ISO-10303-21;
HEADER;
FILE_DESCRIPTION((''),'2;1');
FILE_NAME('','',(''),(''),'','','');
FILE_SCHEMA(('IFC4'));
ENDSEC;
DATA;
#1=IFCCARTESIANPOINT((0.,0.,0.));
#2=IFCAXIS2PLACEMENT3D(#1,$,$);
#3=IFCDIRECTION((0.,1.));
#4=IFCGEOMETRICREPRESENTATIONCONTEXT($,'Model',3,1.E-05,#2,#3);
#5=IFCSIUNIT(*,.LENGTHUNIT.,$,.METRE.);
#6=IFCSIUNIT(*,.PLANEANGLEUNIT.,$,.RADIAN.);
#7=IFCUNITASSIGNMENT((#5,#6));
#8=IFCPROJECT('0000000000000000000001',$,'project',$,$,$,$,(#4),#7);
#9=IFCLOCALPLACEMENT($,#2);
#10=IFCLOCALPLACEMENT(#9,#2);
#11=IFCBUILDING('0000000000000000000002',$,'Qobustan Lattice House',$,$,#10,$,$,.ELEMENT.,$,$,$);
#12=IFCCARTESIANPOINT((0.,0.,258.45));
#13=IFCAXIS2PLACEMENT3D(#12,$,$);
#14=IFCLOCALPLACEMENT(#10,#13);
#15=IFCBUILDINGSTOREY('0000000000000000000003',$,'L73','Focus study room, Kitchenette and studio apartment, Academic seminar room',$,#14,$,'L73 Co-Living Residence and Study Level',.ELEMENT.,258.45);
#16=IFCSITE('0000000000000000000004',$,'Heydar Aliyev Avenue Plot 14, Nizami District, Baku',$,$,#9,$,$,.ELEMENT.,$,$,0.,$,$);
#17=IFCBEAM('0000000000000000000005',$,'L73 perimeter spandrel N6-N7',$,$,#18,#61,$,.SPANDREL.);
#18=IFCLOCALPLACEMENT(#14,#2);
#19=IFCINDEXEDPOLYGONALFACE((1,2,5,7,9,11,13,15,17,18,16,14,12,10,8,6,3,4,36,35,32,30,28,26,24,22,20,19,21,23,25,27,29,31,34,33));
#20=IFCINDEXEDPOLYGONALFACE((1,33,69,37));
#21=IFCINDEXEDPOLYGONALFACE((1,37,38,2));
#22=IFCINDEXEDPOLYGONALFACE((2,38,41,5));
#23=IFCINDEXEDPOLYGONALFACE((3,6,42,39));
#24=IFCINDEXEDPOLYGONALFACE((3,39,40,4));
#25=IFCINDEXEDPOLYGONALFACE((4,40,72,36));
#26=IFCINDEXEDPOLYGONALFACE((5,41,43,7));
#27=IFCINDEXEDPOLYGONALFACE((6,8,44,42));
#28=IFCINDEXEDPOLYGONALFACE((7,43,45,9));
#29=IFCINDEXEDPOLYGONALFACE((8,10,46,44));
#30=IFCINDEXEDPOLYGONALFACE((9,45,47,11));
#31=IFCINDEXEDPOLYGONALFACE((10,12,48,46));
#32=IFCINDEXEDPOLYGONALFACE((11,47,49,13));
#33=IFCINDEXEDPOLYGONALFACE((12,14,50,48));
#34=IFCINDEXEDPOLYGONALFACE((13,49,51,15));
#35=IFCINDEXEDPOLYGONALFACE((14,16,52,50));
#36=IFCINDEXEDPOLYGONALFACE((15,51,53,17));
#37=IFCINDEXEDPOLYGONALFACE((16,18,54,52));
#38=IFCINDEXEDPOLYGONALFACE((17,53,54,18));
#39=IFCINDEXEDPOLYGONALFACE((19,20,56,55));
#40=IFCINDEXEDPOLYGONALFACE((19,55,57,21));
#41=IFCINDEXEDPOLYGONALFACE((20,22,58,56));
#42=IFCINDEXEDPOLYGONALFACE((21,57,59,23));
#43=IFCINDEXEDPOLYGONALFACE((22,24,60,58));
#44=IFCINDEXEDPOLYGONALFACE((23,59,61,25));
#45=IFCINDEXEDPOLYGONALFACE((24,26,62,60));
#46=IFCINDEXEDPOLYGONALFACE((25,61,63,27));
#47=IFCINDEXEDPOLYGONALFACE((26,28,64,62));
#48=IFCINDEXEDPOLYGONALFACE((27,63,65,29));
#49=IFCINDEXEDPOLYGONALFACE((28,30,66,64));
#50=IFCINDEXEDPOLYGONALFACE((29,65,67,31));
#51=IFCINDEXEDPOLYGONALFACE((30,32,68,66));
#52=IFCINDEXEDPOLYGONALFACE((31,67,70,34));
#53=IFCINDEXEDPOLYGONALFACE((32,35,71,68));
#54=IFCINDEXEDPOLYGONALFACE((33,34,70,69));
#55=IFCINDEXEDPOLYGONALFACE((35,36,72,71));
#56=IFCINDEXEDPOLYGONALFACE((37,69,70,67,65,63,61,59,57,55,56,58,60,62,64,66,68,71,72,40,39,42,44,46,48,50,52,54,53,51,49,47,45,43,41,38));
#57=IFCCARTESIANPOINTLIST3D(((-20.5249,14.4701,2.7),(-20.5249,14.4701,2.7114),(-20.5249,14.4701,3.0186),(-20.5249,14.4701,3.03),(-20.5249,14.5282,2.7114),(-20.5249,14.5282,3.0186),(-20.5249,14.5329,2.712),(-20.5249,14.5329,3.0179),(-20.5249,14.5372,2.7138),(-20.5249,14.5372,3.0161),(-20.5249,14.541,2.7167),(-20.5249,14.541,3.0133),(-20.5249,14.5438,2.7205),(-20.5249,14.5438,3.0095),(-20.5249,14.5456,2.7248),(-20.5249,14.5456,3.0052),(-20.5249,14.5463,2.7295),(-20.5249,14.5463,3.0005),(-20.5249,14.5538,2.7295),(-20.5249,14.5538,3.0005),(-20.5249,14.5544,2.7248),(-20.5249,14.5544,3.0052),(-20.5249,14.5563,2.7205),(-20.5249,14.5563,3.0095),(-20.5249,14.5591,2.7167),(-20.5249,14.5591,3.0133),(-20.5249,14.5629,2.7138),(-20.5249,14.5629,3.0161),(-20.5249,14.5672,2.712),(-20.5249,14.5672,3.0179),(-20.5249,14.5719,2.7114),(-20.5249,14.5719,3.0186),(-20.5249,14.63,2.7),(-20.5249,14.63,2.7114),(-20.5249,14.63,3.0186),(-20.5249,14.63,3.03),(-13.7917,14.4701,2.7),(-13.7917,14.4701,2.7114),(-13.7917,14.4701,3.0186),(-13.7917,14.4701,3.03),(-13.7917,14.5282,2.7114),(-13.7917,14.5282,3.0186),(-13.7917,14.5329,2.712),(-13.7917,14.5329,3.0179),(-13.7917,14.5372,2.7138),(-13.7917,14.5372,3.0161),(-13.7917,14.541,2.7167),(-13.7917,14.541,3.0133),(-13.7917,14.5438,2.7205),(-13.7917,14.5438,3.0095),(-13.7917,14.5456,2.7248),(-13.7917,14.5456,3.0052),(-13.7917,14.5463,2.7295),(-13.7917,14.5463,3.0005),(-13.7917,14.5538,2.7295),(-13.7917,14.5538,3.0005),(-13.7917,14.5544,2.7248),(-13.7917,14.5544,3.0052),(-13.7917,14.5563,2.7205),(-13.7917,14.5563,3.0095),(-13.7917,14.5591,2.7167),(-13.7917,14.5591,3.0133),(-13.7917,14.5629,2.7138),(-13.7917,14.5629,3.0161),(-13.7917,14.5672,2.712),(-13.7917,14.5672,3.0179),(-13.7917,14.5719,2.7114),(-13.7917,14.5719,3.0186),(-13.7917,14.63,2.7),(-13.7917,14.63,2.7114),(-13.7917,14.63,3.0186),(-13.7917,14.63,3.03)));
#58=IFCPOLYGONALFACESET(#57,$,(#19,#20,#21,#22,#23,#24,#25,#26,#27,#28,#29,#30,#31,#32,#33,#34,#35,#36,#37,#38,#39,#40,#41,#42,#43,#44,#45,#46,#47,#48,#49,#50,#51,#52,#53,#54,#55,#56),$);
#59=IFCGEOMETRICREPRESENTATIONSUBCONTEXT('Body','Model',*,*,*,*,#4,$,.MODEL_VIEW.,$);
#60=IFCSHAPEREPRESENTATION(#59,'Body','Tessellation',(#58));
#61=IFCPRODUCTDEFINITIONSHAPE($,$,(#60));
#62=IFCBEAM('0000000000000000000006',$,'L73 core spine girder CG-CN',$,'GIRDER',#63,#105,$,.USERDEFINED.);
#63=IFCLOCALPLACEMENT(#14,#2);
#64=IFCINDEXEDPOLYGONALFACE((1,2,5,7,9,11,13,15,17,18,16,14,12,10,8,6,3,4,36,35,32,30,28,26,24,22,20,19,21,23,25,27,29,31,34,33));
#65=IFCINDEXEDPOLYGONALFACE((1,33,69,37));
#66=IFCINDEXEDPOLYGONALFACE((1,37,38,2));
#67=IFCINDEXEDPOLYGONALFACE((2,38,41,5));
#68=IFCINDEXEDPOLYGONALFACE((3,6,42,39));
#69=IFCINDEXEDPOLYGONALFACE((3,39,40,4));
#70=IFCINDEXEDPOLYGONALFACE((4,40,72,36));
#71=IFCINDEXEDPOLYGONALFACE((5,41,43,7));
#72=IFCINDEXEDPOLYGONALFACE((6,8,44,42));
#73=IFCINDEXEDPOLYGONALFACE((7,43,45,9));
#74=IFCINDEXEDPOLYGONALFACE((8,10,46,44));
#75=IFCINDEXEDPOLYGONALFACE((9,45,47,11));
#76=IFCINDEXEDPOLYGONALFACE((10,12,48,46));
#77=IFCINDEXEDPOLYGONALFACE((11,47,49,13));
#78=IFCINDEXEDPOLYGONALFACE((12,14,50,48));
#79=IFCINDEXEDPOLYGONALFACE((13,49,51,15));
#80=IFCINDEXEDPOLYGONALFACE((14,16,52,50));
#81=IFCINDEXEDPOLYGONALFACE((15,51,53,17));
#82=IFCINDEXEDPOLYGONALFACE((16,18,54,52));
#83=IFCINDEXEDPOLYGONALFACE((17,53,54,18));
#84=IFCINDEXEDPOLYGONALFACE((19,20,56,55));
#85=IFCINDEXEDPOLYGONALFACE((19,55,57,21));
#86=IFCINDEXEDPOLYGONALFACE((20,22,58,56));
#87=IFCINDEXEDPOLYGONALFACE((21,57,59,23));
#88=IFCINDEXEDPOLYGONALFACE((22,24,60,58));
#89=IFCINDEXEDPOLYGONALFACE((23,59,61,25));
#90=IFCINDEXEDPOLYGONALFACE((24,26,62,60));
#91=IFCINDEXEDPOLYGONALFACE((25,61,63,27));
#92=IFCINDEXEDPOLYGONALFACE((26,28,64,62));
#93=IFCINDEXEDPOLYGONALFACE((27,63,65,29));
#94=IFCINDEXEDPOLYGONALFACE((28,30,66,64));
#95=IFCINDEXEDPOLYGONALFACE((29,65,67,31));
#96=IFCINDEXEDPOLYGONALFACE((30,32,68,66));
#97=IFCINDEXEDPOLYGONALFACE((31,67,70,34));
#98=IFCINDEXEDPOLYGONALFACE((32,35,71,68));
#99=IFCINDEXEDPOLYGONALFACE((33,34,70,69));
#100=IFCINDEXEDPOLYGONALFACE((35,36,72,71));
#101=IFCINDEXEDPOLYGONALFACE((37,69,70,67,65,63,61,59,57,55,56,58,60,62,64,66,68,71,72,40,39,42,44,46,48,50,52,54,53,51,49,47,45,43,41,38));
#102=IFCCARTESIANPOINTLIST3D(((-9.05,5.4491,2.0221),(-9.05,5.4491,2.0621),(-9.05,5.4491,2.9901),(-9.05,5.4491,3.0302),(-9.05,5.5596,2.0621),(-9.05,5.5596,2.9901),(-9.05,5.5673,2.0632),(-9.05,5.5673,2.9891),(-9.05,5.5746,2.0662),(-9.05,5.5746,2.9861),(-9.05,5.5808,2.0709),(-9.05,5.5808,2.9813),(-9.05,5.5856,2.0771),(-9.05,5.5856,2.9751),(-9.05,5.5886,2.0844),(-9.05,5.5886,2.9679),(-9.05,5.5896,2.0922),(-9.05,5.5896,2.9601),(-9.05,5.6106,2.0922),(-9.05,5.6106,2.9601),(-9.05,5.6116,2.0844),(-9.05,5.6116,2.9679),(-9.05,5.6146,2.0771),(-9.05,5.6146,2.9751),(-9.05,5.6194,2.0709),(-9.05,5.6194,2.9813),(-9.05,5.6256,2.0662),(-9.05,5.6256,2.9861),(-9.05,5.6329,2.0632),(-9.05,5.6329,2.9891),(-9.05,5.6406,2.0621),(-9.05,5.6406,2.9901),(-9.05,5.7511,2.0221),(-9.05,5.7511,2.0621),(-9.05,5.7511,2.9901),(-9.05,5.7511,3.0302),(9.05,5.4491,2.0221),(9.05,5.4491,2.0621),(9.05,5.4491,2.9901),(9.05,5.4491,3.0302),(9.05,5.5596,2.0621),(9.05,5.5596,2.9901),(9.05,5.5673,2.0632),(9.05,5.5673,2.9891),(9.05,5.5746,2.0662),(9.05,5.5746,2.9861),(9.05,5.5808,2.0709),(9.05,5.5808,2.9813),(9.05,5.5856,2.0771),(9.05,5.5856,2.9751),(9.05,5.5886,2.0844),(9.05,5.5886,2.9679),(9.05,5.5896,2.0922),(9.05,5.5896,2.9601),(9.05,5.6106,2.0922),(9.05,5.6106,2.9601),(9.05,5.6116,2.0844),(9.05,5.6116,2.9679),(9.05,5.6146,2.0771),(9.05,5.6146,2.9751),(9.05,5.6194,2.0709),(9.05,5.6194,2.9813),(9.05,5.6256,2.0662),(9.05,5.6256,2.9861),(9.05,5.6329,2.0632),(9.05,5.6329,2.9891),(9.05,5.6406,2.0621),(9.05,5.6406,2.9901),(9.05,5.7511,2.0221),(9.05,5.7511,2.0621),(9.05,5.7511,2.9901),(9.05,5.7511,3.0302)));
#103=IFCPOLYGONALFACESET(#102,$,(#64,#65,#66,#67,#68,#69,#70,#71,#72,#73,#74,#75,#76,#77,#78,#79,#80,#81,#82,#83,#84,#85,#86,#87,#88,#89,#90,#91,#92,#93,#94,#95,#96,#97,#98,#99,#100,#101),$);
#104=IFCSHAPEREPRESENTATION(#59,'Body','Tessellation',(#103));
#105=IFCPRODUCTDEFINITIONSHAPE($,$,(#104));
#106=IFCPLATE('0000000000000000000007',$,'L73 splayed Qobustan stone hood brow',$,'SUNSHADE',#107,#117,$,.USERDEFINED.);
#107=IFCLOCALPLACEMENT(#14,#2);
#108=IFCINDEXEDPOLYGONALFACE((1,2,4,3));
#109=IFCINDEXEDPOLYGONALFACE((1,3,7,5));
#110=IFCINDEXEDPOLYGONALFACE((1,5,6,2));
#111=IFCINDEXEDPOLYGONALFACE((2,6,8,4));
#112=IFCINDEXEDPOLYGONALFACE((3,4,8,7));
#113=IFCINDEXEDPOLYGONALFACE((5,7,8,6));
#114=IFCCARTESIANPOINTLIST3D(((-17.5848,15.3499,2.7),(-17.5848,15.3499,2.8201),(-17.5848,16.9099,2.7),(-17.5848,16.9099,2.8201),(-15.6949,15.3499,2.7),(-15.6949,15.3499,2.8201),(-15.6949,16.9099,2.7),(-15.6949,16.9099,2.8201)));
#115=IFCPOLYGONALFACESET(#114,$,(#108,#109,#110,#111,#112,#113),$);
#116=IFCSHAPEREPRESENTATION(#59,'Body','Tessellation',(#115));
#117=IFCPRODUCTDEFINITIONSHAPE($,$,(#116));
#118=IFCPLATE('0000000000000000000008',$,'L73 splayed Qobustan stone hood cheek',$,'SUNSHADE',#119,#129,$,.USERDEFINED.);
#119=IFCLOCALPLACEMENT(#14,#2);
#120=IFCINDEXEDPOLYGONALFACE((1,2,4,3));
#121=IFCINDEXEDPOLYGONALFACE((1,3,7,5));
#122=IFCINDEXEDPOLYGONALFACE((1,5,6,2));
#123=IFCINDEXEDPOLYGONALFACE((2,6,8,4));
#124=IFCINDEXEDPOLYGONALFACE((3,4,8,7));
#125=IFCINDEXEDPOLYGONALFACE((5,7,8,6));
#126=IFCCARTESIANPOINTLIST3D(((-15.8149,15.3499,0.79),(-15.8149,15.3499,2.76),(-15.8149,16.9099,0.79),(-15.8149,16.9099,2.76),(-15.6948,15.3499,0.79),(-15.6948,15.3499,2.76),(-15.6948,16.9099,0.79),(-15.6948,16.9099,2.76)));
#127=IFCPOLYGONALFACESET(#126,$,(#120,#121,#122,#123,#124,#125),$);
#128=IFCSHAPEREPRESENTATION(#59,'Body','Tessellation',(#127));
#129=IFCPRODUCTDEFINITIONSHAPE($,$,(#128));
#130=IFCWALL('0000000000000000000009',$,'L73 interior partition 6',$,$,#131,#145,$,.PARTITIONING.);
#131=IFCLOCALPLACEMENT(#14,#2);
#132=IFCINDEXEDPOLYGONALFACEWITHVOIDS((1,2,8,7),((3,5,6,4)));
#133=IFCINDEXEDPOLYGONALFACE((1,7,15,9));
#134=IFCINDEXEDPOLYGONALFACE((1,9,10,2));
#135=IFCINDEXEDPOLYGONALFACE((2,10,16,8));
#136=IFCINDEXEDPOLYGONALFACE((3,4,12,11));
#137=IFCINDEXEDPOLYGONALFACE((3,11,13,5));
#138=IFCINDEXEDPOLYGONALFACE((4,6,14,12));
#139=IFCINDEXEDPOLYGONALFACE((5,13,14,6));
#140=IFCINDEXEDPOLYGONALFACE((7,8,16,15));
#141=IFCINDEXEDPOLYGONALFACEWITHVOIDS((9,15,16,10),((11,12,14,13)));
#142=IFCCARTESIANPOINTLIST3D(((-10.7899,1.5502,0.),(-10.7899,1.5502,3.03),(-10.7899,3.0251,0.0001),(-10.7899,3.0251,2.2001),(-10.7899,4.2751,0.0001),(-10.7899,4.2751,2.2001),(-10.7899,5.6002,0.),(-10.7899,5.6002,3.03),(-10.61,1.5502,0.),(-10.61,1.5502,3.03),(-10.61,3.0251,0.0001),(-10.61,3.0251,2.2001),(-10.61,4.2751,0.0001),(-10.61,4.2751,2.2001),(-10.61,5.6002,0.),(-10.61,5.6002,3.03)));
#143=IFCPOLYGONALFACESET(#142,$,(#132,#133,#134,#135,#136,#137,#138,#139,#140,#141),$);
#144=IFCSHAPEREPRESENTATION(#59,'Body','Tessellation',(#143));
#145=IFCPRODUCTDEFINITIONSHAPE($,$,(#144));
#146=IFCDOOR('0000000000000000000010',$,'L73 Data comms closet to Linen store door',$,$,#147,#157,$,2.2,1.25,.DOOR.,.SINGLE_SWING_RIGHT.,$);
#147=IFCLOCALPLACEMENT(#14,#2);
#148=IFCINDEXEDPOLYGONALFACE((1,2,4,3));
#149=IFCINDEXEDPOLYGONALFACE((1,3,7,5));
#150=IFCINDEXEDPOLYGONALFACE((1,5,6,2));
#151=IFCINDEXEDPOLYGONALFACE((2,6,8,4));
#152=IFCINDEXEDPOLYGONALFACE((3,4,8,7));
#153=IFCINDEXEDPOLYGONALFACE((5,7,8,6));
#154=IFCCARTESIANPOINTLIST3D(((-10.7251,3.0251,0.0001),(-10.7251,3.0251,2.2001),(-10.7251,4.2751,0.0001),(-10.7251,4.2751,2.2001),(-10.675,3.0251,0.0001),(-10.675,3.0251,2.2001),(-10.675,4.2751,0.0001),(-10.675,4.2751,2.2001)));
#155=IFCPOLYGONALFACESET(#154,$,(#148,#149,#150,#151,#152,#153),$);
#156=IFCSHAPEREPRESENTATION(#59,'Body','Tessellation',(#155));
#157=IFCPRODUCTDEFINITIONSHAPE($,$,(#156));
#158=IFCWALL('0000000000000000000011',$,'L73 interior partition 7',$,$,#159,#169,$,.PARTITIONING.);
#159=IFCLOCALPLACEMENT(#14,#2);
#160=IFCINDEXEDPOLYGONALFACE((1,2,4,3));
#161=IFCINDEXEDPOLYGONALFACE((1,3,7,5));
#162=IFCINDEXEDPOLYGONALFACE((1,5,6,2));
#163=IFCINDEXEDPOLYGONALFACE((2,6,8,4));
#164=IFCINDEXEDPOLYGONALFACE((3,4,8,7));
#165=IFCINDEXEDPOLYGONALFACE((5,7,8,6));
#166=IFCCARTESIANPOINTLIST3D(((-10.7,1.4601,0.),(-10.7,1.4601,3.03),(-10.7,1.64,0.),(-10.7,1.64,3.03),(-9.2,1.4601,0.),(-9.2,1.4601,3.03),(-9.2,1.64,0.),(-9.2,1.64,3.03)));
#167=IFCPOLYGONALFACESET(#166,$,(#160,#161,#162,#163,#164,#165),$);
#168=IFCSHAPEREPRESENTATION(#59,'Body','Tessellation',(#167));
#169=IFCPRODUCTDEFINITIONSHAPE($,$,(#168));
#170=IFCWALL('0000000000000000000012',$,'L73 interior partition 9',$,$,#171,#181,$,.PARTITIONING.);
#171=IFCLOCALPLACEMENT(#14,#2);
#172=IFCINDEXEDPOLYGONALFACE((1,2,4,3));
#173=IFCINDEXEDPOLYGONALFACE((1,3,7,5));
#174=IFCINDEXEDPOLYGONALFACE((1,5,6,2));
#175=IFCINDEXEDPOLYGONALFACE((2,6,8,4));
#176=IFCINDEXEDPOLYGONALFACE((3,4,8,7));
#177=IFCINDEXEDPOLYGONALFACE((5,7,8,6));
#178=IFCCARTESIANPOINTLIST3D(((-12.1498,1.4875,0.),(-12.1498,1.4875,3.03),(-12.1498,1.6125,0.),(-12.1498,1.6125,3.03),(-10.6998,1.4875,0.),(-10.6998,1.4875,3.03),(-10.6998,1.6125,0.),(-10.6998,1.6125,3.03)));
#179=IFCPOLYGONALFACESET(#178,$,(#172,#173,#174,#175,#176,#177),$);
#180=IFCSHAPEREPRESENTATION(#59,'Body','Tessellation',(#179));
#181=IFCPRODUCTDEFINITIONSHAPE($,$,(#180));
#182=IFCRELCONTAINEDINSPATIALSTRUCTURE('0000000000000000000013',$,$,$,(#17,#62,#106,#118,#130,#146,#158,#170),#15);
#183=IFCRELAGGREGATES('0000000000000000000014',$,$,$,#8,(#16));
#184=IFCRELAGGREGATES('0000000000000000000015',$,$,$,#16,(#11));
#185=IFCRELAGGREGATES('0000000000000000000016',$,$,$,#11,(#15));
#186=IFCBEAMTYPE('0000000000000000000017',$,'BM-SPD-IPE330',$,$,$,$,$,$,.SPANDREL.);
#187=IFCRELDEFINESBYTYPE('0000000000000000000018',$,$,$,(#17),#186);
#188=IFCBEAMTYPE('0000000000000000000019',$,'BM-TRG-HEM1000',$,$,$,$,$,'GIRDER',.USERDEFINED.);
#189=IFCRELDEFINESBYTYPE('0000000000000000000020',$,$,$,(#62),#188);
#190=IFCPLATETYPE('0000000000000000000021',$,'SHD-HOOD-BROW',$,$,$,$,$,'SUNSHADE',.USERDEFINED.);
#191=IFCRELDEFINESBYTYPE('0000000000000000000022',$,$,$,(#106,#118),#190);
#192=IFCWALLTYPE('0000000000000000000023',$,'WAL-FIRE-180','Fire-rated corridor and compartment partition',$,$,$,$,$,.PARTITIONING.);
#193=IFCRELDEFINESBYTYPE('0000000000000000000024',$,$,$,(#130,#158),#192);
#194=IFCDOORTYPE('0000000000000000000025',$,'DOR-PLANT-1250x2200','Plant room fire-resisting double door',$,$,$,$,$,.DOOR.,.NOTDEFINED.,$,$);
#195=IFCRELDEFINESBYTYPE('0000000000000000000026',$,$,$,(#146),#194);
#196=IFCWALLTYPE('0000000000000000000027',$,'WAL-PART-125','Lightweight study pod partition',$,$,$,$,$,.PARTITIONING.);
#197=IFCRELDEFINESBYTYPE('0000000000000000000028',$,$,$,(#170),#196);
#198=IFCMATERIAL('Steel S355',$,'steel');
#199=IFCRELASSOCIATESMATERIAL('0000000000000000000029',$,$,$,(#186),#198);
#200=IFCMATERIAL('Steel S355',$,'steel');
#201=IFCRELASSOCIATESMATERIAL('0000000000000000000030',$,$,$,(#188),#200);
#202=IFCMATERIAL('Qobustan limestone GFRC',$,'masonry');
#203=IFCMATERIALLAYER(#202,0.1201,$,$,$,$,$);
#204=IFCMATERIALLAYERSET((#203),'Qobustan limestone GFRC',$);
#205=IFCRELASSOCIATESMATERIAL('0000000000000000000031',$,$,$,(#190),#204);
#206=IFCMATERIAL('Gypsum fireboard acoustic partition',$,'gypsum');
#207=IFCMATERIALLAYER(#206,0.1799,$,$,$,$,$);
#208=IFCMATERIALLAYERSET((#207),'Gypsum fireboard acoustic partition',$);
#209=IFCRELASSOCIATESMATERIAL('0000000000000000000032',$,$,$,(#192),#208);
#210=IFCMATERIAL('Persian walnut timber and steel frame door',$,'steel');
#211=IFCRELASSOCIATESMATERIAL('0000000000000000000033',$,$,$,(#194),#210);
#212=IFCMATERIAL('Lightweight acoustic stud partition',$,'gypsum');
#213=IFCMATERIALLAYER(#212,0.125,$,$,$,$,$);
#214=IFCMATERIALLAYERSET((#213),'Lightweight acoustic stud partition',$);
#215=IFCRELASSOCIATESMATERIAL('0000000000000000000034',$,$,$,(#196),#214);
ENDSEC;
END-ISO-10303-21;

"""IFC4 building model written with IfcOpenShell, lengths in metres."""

from ifc_helpers import new_model, si_unit, direction, frame, frame_2d, origin, origin_2d, place, context, subcontext, project, spatial, rectangle, i_section, extrude, material, layer, layer_set, material_profile, profile_set, type_object, element, fill, save


model = new_model("IFC4")

# Units and contexts
model_context = context("Model", 3, precision=1e-05, world=origin(), true_north=direction((0.0, 1.0)))
body_context = subcontext(model_context, "Body", "Model", "MODEL_VIEW")
ifc_project = project(units=[si_unit("LENGTHUNIT", "METRE"), si_unit("PLANEANGLEUNIT", "RADIAN")], contexts=[model_context])

# Site, building, storey
site_placement = place(None, origin())
site = spatial("IfcSite", under=ifc_project, at=site_placement, Name="Heydar Aliyev Avenue Plot 14, Nizami District, Baku", CompositionType="ELEMENT", RefElevation=0.0)
building_placement = place(site_placement, origin())
building = spatial("IfcBuilding", under=site, at=building_placement, Name="Qobustan Lattice House", CompositionType="ELEMENT")
storey_placement = place(building_placement, frame((0.0, 0.0, 258.45)))
storey = spatial("IfcBuildingStorey", under=building, at=storey_placement, Name="L73", Description="Focus study room, Kitchenette and studio apartment, Academic seminar room", LongName="L73 Co-Living Residence and Study Level", CompositionType="ELEMENT", Elevation=258.45)

# Beams
ifc_material_1 = material(Name="Steel S355", Category="steel")
ifc_material_profile_1 = material_profile(ifc_material_1, i_section(OverallWidth=0.1599, OverallDepth=0.3301, WebThickness=0.0076, FlangeThickness=0.0115, FilletRadius=0.0181, at=origin_2d()), Name="IPE330")
ifc_profile_set_1 = profile_set([ifc_material_profile_1], Name="Steel S355")
beam_type_1 = type_object("IfcBeamType", Name="BM-SPD-IPE330", PredefinedType="SPANDREL", material=ifc_profile_set_1)
beam_1_placement = place(storey_placement, frame((-13.7917, 14.55, 2.865), z_axis=(-1.0, 0.0, 0.0), x_axis=(0.0, -1.0, 0.0)))
element("IfcBeam", 1, at=beam_1_placement, inside=storey, type_object=beam_type_1, Name="L73 perimeter spandrel N6-N7", PredefinedType="SPANDREL", context=body_context, shape_type="SweptSolid", body=[
    extrude(i_section(OverallWidth=0.1599, OverallDepth=0.3301, WebThickness=0.0076, FlangeThickness=0.0115, FilletRadius=0.0181, at=origin_2d()), origin(), (0.0, 0.0, 1.0), 6.7332),
])
ifc_material_2 = material(Name="Steel S355", Category="steel")
ifc_material_profile_2 = material_profile(ifc_material_2, i_section(OverallWidth=0.302, OverallDepth=1.0081, WebThickness=0.021, FlangeThickness=0.04, FilletRadius=0.03, at=origin_2d()), Name="HEM1000")
ifc_profile_set_2 = profile_set([ifc_material_profile_2], Name="Steel S355")
beam_type_2 = type_object("IfcBeamType", Name="BM-TRG-HEM1000", ElementType="GIRDER", PredefinedType="USERDEFINED", material=ifc_profile_set_2)
beam_2_placement = place(storey_placement, frame((-9.05, 5.6001, 2.5261), z_axis=(1.0, 0.0, 0.0), x_axis=(0.0, 1.0, 0.0)))
element("IfcBeam", 2, at=beam_2_placement, inside=storey, type_object=beam_type_2, Name="L73 core spine girder CG-CN", ObjectType="GIRDER", PredefinedType="USERDEFINED", context=body_context, shape_type="SweptSolid", body=[
    extrude(i_section(OverallWidth=0.302, OverallDepth=1.0081, WebThickness=0.021, FlangeThickness=0.04, FilletRadius=0.03, at=origin_2d()), origin(), (0.0, 0.0, 1.0), 18.1001),
])

# Plates
ifc_material_3 = material(Name="Qobustan limestone GFRC", Category="masonry")
ifc_layer_1 = layer(ifc_material_3, 0.1201)
ifc_layer_set_1 = layer_set([ifc_layer_1], Name="Qobustan limestone GFRC")
plate_type = type_object("IfcPlateType", Name="SHD-HOOD-BROW", ElementType="SUNSHADE", PredefinedType="USERDEFINED", material=ifc_layer_set_1)
plate_1_placement = place(storey_placement, frame((-16.6399, 16.1299, 2.7), z_axis=(0.0, 0.0, 1.0), x_axis=(1.0, 0.0, 0.0)))
element("IfcPlate", 3, at=plate_1_placement, inside=storey, type_object=plate_type, Name="L73 splayed Qobustan stone hood brow", ObjectType="SUNSHADE", PredefinedType="USERDEFINED", context=body_context, shape_type="SweptSolid", body=[
    extrude(rectangle(XDim=1.8899, YDim=1.5601, at=origin_2d()), origin(), (0.0, 0.0, 1.0), 0.1201),
])
plate_2_placement = place(storey_placement, frame((-15.7549, 16.1299, 0.79), z_axis=(0.0, 0.0, 1.0), x_axis=(1.0, 0.0, 0.0)))
element("IfcPlate", 4, at=plate_2_placement, inside=storey, type_object=plate_type, Name="L73 splayed Qobustan stone hood cheek", ObjectType="SUNSHADE", PredefinedType="USERDEFINED", context=body_context, shape_type="SweptSolid", body=[
    extrude(rectangle(XDim=0.1201, YDim=1.5601, at=origin_2d()), origin(), (0.0, 0.0, 1.0), 1.97),
])

# Wall, opening, door
ifc_material_4 = material(Name="Gypsum fireboard acoustic partition", Category="gypsum")
ifc_layer_2 = layer(ifc_material_4, 0.1799)
ifc_layer_set_2 = layer_set([ifc_layer_2], Name="Gypsum fireboard acoustic partition")
wall_type_1 = type_object("IfcWallType", Name="WAL-FIRE-180", Description="Fire-rated corridor and compartment partition", PredefinedType="PARTITIONING", material=ifc_layer_set_2)
wall_1_placement = place(storey_placement, frame((-10.7, 5.6001, 0.0), z_axis=(0.0, 0.0, 1.0), x_axis=(0.0, -1.0, 0.0)))
wall_1 = element("IfcWall", 5, at=wall_1_placement, inside=storey, type_object=wall_type_1, Name="L73 interior partition 6", PredefinedType="PARTITIONING", context=body_context, shape_type="SweptSolid", body=[
    extrude(rectangle(XDim=4.05, YDim=0.1799, at=frame_2d((2.0249, 0.0))), origin(), (0.0, 0.0, 1.0), 3.03),
])
opening_1_placement = place(wall_1_placement, frame((1.325, 0.0, 0.0)))
opening_1 = element("IfcOpeningElement", 6, at=opening_1_placement, cuts=wall_1, PredefinedType="OPENING", context=body_context, shape_type="SweptSolid", body=[
    extrude(rectangle(XDim=1.25, YDim=2.2, at=frame_2d((0.625, 1.1001))), frame((0.0, 0.0999, 0.0), z_axis=(0.0, -1.0, 0.0), x_axis=(1.0, 0.0, 0.0)), (0.0, 0.0, 1.0), 0.2),
])
ifc_material_5 = material(Name="Persian walnut timber and steel frame door", Category="steel")
door_type_1 = type_object("IfcDoorType", Name="DOR-PLANT-1250x2200", Description="Plant room fire-resisting double door", OperationType="NOTDEFINED", PredefinedType="DOOR", material=ifc_material_5)
door_1_placement = place(opening_1_placement, origin())
door_1 = element("IfcDoor", 7, at=door_1_placement, inside=storey, type_object=door_type_1, Name="L73 Data comms closet to Linen store door", OperationType="SINGLE_SWING_RIGHT", OverallHeight=2.2, OverallWidth=1.25, PredefinedType="DOOR", context=body_context, shape_type="SweptSolid", body=[
    extrude(rectangle(XDim=1.25, YDim=2.2, at=frame_2d((0.625, 1.1001))), frame((0.0, 0.0249, 0.0), z_axis=(0.0, -1.0, 0.0), x_axis=(1.0, 0.0, 0.0)), (0.0, 0.0, 1.0), 0.05),
])
fill(opening_1, door_1)

# Walls
wall_2_placement = place(storey_placement, frame((-10.7, 1.55, 0.0), z_axis=(0.0, 0.0, 1.0), x_axis=(1.0, 0.0, 0.0)))
element("IfcWall", 8, at=wall_2_placement, inside=storey, type_object=wall_type_1, Name="L73 interior partition 7", PredefinedType="PARTITIONING", context=body_context, shape_type="SweptSolid", body=[
    extrude(rectangle(XDim=1.5, YDim=0.1799, at=frame_2d((0.75, 0.0))), origin(), (0.0, 0.0, 1.0), 3.03),
])
ifc_material_6 = material(Name="Lightweight acoustic stud partition", Category="gypsum")
ifc_layer_3 = layer(ifc_material_6, 0.125)
ifc_layer_set_3 = layer_set([ifc_layer_3], Name="Lightweight acoustic stud partition")
wall_type_2 = type_object("IfcWallType", Name="WAL-PART-125", Description="Lightweight study pod partition", PredefinedType="PARTITIONING", material=ifc_layer_set_3)
wall_3_placement = place(storey_placement, frame((-12.1499, 1.55, 0.0), z_axis=(0.0, 0.0, 1.0), x_axis=(1.0, 0.0, 0.0)))
element("IfcWall", 9, at=wall_3_placement, inside=storey, type_object=wall_type_2, Name="L73 interior partition 9", PredefinedType="PARTITIONING", context=body_context, shape_type="SweptSolid", body=[
    extrude(rectangle(XDim=1.45, YDim=0.125, at=frame_2d((0.7251, 0.0))), origin(), (0.0, 0.0, 1.0), 3.03),
])

save(model, "model.ifc")
